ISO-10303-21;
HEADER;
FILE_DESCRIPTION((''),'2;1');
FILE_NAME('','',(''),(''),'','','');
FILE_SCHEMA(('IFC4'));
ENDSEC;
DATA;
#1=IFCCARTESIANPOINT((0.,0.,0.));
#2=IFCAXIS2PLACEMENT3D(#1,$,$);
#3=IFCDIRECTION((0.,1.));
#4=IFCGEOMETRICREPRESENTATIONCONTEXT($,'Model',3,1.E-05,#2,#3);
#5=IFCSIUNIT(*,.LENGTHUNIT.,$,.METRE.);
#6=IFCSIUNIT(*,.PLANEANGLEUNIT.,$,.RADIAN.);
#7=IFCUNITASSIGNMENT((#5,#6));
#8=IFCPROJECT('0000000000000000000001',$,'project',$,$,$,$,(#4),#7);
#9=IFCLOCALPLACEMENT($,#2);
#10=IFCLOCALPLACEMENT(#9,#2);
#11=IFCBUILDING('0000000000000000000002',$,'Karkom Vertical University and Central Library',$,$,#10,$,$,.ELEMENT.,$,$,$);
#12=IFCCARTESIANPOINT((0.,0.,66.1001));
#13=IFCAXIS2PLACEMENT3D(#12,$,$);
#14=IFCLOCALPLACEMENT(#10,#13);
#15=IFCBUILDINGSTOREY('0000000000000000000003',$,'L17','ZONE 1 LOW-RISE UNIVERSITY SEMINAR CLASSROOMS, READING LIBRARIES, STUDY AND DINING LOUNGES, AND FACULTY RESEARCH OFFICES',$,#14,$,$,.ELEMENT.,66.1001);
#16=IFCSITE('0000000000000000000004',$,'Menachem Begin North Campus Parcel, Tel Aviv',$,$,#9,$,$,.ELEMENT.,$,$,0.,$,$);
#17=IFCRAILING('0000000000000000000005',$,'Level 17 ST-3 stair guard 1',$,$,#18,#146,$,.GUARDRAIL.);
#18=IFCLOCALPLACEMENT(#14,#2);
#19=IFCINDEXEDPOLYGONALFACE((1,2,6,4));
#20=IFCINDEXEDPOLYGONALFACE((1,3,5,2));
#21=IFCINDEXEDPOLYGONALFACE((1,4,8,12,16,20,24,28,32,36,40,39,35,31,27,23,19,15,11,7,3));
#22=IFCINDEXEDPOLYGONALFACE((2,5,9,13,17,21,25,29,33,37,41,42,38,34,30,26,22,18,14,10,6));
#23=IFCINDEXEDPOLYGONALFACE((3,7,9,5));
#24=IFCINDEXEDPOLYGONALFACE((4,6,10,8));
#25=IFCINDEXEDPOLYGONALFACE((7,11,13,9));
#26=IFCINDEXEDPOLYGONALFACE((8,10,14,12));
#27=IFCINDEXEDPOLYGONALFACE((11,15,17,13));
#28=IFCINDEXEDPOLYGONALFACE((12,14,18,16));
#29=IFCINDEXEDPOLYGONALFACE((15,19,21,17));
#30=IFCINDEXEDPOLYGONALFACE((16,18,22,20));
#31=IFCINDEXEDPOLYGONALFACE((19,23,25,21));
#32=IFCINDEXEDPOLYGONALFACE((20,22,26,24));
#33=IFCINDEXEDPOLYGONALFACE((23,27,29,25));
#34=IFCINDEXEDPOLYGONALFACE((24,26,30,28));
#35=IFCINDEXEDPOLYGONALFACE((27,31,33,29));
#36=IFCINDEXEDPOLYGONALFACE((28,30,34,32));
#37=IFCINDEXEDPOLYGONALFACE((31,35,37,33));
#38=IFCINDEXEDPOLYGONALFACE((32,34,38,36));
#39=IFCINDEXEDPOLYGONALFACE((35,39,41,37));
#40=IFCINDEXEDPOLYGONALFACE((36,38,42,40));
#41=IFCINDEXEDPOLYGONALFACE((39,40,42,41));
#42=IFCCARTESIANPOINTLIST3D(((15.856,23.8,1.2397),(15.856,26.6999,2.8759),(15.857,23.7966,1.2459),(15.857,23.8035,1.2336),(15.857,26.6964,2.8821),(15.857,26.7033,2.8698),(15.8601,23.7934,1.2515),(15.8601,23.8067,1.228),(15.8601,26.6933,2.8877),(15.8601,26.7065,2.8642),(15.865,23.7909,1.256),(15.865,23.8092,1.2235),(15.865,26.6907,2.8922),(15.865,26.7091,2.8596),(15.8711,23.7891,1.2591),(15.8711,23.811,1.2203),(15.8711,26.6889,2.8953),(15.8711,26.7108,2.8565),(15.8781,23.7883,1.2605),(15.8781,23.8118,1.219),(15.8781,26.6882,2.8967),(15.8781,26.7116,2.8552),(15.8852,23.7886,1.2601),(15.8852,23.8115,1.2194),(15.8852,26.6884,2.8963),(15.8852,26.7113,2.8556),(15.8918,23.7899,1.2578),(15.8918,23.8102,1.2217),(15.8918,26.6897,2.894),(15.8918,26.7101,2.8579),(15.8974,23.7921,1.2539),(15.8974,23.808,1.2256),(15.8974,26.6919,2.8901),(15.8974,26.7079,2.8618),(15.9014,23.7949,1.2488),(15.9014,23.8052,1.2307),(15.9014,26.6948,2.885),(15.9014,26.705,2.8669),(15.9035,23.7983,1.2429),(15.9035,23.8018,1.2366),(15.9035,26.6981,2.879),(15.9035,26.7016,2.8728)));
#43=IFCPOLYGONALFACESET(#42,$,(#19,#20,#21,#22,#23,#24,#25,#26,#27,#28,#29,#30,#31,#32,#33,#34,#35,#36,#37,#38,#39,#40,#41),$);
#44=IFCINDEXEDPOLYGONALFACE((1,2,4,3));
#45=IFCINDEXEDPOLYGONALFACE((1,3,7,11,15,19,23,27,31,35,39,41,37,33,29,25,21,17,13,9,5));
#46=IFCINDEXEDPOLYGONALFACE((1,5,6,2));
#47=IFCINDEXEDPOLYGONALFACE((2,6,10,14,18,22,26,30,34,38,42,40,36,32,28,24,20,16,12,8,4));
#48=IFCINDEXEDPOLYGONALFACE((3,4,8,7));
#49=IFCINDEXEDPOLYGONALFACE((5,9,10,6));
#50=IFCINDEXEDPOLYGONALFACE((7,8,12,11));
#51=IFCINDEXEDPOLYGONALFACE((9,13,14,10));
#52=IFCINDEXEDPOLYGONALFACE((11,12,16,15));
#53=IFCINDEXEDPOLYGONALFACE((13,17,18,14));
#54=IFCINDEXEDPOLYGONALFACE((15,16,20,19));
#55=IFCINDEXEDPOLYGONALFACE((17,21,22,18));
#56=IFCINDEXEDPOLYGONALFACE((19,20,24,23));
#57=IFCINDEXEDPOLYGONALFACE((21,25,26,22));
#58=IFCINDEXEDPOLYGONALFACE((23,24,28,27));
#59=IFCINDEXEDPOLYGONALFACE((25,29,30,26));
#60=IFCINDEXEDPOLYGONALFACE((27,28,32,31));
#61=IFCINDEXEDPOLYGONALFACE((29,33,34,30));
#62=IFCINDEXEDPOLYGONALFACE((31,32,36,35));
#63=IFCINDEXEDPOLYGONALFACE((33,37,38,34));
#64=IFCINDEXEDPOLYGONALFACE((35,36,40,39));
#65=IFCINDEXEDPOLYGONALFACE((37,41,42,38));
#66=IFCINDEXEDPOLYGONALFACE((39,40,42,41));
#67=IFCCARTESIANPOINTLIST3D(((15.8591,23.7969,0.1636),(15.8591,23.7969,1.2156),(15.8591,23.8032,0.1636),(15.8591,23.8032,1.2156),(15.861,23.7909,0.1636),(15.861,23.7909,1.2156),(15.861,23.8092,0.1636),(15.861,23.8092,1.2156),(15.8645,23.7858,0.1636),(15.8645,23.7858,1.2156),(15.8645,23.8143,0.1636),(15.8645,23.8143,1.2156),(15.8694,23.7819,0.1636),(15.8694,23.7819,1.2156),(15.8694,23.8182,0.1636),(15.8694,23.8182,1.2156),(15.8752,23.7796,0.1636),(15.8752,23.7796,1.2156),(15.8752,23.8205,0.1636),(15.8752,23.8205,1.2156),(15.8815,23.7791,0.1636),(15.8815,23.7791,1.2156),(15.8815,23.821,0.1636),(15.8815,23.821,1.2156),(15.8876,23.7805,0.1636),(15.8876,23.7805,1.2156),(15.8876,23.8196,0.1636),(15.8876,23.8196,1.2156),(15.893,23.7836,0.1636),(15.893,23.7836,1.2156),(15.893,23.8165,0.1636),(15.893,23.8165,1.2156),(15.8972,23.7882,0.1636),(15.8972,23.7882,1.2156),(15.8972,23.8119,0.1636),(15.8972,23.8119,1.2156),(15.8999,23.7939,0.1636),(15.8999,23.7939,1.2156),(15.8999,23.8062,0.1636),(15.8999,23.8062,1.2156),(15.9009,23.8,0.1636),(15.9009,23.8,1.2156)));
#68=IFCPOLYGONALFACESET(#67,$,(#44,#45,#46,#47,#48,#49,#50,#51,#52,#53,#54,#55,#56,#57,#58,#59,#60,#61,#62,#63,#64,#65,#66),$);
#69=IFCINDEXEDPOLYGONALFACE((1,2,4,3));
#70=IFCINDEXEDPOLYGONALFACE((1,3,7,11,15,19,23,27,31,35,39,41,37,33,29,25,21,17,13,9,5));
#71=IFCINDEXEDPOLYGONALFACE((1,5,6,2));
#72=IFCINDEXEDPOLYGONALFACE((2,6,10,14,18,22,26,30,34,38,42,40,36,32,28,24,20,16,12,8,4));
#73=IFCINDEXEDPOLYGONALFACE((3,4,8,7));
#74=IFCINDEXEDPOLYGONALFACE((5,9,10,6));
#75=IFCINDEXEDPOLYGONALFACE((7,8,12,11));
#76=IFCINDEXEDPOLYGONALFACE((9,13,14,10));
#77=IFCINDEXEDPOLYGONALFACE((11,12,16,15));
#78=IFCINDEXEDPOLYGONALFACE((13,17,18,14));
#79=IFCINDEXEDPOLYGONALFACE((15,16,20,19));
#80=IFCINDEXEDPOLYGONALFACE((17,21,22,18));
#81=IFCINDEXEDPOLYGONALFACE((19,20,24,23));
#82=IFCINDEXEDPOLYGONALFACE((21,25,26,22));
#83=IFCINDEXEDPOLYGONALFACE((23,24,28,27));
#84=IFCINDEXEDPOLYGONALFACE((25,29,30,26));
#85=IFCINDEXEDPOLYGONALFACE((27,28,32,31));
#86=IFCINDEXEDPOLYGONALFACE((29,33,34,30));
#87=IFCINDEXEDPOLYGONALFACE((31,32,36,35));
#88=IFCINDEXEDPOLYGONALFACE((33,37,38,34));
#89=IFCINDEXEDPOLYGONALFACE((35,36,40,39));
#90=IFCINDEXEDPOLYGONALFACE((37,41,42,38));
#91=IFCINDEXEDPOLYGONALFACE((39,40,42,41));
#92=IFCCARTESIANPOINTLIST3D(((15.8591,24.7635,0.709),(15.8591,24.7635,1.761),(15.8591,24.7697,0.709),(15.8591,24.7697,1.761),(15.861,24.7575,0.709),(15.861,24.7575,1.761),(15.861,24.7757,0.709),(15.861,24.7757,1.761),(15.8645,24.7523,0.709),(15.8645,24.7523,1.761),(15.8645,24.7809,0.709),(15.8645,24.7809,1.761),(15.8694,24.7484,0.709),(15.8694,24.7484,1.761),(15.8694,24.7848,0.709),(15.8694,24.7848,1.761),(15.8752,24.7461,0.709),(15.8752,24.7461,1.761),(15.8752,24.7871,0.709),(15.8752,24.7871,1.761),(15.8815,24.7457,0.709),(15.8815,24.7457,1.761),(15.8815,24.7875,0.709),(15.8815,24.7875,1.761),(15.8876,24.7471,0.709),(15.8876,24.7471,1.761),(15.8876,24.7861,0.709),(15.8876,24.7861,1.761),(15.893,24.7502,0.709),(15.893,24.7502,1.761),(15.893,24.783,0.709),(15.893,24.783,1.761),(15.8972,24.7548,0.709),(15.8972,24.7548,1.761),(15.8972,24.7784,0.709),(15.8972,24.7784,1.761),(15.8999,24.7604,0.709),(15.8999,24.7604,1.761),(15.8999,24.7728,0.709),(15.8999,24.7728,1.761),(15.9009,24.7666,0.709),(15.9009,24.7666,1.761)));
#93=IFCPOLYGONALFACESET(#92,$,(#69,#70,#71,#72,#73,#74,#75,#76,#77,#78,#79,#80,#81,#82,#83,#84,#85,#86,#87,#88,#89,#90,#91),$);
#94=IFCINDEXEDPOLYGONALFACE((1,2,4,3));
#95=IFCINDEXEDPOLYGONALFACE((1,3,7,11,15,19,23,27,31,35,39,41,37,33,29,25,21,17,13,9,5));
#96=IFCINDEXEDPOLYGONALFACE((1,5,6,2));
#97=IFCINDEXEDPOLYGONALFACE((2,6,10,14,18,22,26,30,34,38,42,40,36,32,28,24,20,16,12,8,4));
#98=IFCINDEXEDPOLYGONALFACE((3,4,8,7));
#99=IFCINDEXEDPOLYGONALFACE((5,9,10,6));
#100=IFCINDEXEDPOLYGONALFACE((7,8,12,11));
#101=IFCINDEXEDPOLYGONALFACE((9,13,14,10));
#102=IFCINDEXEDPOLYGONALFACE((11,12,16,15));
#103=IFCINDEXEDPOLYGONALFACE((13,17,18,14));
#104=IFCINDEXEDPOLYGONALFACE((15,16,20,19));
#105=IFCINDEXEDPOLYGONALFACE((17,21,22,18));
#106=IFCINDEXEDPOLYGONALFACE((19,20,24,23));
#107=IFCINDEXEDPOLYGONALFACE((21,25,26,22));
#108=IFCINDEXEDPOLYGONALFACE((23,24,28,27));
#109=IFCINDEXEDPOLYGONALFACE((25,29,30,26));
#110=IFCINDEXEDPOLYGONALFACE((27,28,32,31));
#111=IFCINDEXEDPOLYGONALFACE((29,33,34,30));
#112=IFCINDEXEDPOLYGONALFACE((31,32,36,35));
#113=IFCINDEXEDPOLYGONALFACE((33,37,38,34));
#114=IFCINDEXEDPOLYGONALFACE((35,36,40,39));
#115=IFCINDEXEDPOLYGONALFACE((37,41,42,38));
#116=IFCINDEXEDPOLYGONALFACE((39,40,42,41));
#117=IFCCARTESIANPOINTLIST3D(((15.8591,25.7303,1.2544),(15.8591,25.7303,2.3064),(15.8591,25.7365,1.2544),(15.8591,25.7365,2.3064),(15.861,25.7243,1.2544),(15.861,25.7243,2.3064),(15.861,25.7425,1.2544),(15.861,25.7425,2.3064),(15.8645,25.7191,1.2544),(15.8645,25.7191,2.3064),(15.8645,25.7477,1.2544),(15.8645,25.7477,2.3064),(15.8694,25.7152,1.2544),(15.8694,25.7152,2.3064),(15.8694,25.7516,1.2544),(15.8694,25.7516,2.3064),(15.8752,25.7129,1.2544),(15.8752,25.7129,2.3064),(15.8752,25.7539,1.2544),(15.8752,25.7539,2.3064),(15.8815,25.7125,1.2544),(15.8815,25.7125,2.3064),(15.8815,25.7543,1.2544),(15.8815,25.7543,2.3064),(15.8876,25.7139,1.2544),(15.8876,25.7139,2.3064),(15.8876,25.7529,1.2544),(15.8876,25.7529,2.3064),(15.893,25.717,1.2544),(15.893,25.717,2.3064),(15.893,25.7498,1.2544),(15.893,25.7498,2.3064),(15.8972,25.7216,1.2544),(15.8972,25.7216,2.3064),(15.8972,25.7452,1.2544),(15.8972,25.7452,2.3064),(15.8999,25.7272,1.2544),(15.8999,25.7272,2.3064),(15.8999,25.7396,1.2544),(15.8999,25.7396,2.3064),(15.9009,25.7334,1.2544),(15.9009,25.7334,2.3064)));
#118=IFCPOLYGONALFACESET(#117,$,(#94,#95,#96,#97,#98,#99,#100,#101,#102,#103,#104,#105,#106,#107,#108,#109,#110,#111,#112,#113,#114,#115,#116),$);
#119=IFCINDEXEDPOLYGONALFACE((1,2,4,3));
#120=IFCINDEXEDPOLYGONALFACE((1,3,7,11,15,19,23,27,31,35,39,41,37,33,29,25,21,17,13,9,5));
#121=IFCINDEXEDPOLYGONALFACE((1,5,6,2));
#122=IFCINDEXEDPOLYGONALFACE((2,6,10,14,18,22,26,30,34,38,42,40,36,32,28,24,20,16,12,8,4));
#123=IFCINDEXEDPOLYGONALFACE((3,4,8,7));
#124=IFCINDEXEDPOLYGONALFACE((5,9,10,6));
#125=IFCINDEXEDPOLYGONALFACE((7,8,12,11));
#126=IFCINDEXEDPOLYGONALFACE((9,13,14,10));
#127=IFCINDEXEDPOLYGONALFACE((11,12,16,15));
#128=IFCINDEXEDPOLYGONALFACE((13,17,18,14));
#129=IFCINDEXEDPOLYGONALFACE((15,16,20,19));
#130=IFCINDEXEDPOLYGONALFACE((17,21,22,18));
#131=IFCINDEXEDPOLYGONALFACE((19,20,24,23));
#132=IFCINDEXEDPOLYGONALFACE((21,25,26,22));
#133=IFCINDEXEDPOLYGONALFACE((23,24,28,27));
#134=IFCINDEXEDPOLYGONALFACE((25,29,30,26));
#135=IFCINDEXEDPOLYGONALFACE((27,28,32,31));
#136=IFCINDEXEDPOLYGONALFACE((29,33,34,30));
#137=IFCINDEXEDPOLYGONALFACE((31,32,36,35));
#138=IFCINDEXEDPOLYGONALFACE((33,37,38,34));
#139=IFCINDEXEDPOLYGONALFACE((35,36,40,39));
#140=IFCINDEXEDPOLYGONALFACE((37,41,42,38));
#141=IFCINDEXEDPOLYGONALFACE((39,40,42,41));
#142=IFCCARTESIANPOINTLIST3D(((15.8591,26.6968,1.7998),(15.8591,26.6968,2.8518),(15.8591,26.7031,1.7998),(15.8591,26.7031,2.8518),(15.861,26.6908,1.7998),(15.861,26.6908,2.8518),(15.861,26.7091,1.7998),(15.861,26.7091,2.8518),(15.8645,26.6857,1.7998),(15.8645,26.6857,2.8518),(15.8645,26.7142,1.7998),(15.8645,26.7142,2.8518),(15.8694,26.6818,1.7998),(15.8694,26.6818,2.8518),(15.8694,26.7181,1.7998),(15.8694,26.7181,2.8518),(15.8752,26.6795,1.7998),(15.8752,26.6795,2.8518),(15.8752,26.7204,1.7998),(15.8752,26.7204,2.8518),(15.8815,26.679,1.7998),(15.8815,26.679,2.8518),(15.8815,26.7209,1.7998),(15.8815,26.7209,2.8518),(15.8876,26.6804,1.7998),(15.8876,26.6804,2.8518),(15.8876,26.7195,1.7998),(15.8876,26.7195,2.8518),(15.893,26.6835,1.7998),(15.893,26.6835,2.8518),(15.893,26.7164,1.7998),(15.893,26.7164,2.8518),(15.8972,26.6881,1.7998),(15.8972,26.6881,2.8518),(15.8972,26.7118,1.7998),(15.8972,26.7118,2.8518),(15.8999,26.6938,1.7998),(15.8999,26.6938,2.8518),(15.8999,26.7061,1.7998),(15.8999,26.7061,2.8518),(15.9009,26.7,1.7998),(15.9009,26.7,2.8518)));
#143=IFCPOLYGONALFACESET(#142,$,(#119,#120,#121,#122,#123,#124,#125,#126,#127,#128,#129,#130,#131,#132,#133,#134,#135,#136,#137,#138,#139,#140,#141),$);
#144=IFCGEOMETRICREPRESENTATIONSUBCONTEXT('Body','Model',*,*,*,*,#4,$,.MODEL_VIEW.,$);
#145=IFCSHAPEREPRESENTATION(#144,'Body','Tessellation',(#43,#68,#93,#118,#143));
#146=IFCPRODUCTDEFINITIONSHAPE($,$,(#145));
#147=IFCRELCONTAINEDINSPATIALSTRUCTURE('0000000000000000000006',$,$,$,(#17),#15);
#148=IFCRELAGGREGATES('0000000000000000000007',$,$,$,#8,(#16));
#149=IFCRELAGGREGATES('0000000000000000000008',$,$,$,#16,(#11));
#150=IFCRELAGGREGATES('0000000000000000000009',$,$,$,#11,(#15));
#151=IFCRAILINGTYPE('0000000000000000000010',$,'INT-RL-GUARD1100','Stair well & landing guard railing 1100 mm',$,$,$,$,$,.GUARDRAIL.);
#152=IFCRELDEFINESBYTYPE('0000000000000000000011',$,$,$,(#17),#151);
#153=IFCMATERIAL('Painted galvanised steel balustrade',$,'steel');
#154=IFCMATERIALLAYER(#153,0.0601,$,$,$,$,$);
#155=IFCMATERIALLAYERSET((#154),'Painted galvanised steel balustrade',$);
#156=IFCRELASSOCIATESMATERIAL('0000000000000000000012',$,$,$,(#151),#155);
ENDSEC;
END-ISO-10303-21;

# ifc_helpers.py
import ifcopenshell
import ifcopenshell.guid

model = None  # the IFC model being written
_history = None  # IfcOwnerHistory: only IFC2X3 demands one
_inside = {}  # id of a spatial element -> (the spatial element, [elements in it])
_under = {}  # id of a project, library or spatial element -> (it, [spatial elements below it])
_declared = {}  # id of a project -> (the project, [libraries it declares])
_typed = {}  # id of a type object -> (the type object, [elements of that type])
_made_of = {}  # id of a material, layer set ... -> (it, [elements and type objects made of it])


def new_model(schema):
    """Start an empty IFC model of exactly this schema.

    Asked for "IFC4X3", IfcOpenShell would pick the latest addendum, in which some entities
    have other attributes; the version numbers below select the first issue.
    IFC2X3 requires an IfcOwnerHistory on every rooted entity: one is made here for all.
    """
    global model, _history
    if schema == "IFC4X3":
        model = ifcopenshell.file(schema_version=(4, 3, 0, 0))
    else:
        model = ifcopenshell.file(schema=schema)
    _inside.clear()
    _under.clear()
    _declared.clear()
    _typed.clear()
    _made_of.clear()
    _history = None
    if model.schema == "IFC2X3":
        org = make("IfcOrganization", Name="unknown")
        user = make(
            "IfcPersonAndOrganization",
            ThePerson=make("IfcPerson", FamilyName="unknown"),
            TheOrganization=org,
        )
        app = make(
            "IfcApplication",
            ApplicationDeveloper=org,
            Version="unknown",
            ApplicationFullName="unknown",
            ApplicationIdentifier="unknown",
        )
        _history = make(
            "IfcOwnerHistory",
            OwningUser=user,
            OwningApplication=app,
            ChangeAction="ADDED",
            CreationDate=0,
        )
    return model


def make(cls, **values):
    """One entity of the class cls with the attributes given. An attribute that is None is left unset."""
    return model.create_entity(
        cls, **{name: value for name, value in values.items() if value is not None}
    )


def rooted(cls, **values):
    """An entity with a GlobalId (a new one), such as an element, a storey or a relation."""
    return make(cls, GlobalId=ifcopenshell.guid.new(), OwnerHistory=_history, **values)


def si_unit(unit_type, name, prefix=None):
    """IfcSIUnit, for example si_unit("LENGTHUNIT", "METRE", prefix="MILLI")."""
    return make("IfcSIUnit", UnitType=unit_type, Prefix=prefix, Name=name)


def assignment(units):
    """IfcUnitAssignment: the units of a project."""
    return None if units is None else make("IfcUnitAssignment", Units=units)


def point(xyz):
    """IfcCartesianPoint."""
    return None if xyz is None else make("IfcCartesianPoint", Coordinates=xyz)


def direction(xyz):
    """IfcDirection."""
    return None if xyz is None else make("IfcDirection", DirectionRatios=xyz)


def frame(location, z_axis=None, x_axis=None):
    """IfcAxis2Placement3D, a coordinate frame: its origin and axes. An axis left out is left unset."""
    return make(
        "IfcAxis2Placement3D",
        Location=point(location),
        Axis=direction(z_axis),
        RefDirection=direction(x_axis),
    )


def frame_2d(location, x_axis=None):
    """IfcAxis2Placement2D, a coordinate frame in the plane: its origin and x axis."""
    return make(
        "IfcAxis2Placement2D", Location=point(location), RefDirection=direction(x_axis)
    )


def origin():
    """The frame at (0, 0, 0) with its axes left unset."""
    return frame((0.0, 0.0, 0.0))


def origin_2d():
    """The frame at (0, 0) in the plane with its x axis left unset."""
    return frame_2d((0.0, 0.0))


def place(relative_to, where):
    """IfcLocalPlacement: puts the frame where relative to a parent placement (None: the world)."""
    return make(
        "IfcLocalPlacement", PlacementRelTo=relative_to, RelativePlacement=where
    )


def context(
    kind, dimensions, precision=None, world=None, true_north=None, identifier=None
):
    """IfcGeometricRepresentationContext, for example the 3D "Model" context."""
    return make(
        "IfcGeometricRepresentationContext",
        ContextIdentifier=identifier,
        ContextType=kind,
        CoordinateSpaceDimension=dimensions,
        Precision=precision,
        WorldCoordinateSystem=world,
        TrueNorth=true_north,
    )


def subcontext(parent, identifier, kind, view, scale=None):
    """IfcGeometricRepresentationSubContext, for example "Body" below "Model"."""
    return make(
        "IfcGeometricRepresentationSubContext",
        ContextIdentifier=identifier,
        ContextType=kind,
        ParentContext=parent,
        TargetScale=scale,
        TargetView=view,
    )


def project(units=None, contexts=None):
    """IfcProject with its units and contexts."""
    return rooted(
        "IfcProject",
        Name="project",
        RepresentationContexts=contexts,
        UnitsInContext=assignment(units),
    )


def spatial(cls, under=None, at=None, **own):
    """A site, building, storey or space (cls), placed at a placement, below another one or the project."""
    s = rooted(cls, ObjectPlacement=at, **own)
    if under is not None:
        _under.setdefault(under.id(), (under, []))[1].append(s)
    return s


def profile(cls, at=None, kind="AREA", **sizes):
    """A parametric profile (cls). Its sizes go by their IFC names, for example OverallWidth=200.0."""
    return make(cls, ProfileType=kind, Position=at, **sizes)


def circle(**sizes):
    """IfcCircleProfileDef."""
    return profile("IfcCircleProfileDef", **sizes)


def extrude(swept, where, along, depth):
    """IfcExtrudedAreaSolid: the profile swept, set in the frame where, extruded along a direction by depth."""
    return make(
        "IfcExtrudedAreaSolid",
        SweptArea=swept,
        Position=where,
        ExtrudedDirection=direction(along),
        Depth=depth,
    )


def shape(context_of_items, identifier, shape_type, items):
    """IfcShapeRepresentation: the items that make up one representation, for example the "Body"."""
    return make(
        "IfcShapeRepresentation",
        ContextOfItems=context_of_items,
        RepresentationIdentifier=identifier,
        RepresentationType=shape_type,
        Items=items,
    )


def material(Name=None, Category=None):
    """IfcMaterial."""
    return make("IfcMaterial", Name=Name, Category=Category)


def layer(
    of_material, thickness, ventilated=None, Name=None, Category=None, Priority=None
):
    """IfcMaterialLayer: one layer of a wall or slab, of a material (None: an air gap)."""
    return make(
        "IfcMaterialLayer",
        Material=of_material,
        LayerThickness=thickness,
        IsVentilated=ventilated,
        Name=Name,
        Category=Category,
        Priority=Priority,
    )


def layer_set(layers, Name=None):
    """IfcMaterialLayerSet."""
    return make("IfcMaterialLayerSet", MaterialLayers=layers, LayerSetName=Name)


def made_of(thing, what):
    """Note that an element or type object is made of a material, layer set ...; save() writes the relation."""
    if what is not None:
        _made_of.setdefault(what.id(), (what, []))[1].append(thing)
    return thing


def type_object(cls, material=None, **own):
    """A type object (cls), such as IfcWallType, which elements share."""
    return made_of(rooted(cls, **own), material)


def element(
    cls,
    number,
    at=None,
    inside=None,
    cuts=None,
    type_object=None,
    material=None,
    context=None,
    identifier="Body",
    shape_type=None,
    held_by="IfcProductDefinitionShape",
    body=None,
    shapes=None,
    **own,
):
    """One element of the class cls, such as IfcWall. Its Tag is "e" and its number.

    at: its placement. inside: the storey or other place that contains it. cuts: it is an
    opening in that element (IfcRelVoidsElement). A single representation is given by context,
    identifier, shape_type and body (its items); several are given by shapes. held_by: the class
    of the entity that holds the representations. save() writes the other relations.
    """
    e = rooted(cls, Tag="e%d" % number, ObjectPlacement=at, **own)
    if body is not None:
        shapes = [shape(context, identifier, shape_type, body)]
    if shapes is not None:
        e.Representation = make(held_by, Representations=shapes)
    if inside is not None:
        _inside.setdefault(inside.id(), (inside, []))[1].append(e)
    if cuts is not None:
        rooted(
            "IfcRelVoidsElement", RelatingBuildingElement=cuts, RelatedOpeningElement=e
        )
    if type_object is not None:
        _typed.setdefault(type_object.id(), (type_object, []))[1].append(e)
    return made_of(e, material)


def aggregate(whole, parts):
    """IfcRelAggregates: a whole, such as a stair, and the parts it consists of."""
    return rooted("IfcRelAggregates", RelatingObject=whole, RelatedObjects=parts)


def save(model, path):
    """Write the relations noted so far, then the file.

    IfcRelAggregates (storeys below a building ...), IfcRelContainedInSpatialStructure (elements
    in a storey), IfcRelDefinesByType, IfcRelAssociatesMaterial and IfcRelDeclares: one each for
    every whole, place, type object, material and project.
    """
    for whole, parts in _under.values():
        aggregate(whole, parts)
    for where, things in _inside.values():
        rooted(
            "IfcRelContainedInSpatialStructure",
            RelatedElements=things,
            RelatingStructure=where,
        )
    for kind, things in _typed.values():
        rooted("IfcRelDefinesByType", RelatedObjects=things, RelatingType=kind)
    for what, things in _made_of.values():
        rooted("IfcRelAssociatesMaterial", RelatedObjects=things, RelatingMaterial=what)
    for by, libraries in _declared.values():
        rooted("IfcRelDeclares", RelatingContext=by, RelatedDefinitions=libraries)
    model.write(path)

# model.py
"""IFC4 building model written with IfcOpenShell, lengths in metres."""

from ifc_helpers import new_model, si_unit, direction, frame, origin, origin_2d, place, context, subcontext, project, spatial, circle, extrude, material, layer, layer_set, type_object, element, save


model = new_model("IFC4")

# Units and contexts
model_context = context("Model", 3, precision=1e-05, world=origin(), true_north=direction((0.0, 1.0)))
body_context = subcontext(model_context, "Body", "Model", "MODEL_VIEW")
ifc_project = project(units=[si_unit("LENGTHUNIT", "METRE"), si_unit("PLANEANGLEUNIT", "RADIAN")], contexts=[model_context])

# Site, building, storey
site_placement = place(None, origin())
site = spatial("IfcSite", under=ifc_project, at=site_placement, Name="Menachem Begin North Campus Parcel, Tel Aviv", CompositionType="ELEMENT", RefElevation=0.0)
building_placement = place(site_placement, origin())
building = spatial("IfcBuilding", under=site, at=building_placement, Name="Karkom Vertical University and Central Library", CompositionType="ELEMENT")
storey_placement = place(building_placement, frame((0.0, 0.0, 66.1001)))
storey = spatial("IfcBuildingStorey", under=building, at=storey_placement, Name="L17", Description="ZONE 1 LOW-RISE UNIVERSITY SEMINAR CLASSROOMS, READING LIBRARIES, STUDY AND DINING LOUNGES, AND FACULTY RESEARCH OFFICES", CompositionType="ELEMENT", Elevation=66.1001)

# Railing
ifc_material_1 = material(Name="Painted galvanised steel balustrade", Category="steel")
ifc_layer_1 = layer(ifc_material_1, 0.0601)
ifc_layer_set_1 = layer_set([ifc_layer_1], Name="Painted galvanised steel balustrade")
railing_type = type_object("IfcRailingType", Name="INT-RL-GUARD1100", Description="Stair well & landing guard railing 1100 mm", PredefinedType="GUARDRAIL", material=ifc_layer_set_1)
railing_1_placement = place(storey_placement, frame((15.8799, 23.8, 0.1636)))
element("IfcRailing", 1, at=railing_1_placement, inside=storey, type_object=railing_type, Name="Level 17 ST-3 stair guard 1", PredefinedType="GUARDRAIL", context=body_context, shape_type="SweptSolid", body=[
    extrude(circle(Radius=0.0239, at=origin_2d()), frame((0.0, 0.0, 1.0762), z_axis=(0.0, 0.870929, 0.49141), x_axis=(-1.0, 0.0, 0.0)), (0.0, 0.0, 1.0), 3.3296),
    extrude(circle(Radius=0.021, at=origin_2d()), origin(), (0.0, 0.0, 1.0), 1.052),
    extrude(circle(Radius=0.021, at=origin_2d()), frame((0.0, 0.9666, 0.5454)), (0.0, 0.0, 1.0), 1.052),
    extrude(circle(Radius=0.021, at=origin_2d()), frame((0.0, 1.9333, 1.0908)), (0.0, 0.0, 1.0), 1.052),
    extrude(circle(Radius=0.021, at=origin_2d()), frame((0.0, 2.8999, 1.6362)), (0.0, 0.0, 1.0), 1.052),
])

save(model, "model.ifc")
